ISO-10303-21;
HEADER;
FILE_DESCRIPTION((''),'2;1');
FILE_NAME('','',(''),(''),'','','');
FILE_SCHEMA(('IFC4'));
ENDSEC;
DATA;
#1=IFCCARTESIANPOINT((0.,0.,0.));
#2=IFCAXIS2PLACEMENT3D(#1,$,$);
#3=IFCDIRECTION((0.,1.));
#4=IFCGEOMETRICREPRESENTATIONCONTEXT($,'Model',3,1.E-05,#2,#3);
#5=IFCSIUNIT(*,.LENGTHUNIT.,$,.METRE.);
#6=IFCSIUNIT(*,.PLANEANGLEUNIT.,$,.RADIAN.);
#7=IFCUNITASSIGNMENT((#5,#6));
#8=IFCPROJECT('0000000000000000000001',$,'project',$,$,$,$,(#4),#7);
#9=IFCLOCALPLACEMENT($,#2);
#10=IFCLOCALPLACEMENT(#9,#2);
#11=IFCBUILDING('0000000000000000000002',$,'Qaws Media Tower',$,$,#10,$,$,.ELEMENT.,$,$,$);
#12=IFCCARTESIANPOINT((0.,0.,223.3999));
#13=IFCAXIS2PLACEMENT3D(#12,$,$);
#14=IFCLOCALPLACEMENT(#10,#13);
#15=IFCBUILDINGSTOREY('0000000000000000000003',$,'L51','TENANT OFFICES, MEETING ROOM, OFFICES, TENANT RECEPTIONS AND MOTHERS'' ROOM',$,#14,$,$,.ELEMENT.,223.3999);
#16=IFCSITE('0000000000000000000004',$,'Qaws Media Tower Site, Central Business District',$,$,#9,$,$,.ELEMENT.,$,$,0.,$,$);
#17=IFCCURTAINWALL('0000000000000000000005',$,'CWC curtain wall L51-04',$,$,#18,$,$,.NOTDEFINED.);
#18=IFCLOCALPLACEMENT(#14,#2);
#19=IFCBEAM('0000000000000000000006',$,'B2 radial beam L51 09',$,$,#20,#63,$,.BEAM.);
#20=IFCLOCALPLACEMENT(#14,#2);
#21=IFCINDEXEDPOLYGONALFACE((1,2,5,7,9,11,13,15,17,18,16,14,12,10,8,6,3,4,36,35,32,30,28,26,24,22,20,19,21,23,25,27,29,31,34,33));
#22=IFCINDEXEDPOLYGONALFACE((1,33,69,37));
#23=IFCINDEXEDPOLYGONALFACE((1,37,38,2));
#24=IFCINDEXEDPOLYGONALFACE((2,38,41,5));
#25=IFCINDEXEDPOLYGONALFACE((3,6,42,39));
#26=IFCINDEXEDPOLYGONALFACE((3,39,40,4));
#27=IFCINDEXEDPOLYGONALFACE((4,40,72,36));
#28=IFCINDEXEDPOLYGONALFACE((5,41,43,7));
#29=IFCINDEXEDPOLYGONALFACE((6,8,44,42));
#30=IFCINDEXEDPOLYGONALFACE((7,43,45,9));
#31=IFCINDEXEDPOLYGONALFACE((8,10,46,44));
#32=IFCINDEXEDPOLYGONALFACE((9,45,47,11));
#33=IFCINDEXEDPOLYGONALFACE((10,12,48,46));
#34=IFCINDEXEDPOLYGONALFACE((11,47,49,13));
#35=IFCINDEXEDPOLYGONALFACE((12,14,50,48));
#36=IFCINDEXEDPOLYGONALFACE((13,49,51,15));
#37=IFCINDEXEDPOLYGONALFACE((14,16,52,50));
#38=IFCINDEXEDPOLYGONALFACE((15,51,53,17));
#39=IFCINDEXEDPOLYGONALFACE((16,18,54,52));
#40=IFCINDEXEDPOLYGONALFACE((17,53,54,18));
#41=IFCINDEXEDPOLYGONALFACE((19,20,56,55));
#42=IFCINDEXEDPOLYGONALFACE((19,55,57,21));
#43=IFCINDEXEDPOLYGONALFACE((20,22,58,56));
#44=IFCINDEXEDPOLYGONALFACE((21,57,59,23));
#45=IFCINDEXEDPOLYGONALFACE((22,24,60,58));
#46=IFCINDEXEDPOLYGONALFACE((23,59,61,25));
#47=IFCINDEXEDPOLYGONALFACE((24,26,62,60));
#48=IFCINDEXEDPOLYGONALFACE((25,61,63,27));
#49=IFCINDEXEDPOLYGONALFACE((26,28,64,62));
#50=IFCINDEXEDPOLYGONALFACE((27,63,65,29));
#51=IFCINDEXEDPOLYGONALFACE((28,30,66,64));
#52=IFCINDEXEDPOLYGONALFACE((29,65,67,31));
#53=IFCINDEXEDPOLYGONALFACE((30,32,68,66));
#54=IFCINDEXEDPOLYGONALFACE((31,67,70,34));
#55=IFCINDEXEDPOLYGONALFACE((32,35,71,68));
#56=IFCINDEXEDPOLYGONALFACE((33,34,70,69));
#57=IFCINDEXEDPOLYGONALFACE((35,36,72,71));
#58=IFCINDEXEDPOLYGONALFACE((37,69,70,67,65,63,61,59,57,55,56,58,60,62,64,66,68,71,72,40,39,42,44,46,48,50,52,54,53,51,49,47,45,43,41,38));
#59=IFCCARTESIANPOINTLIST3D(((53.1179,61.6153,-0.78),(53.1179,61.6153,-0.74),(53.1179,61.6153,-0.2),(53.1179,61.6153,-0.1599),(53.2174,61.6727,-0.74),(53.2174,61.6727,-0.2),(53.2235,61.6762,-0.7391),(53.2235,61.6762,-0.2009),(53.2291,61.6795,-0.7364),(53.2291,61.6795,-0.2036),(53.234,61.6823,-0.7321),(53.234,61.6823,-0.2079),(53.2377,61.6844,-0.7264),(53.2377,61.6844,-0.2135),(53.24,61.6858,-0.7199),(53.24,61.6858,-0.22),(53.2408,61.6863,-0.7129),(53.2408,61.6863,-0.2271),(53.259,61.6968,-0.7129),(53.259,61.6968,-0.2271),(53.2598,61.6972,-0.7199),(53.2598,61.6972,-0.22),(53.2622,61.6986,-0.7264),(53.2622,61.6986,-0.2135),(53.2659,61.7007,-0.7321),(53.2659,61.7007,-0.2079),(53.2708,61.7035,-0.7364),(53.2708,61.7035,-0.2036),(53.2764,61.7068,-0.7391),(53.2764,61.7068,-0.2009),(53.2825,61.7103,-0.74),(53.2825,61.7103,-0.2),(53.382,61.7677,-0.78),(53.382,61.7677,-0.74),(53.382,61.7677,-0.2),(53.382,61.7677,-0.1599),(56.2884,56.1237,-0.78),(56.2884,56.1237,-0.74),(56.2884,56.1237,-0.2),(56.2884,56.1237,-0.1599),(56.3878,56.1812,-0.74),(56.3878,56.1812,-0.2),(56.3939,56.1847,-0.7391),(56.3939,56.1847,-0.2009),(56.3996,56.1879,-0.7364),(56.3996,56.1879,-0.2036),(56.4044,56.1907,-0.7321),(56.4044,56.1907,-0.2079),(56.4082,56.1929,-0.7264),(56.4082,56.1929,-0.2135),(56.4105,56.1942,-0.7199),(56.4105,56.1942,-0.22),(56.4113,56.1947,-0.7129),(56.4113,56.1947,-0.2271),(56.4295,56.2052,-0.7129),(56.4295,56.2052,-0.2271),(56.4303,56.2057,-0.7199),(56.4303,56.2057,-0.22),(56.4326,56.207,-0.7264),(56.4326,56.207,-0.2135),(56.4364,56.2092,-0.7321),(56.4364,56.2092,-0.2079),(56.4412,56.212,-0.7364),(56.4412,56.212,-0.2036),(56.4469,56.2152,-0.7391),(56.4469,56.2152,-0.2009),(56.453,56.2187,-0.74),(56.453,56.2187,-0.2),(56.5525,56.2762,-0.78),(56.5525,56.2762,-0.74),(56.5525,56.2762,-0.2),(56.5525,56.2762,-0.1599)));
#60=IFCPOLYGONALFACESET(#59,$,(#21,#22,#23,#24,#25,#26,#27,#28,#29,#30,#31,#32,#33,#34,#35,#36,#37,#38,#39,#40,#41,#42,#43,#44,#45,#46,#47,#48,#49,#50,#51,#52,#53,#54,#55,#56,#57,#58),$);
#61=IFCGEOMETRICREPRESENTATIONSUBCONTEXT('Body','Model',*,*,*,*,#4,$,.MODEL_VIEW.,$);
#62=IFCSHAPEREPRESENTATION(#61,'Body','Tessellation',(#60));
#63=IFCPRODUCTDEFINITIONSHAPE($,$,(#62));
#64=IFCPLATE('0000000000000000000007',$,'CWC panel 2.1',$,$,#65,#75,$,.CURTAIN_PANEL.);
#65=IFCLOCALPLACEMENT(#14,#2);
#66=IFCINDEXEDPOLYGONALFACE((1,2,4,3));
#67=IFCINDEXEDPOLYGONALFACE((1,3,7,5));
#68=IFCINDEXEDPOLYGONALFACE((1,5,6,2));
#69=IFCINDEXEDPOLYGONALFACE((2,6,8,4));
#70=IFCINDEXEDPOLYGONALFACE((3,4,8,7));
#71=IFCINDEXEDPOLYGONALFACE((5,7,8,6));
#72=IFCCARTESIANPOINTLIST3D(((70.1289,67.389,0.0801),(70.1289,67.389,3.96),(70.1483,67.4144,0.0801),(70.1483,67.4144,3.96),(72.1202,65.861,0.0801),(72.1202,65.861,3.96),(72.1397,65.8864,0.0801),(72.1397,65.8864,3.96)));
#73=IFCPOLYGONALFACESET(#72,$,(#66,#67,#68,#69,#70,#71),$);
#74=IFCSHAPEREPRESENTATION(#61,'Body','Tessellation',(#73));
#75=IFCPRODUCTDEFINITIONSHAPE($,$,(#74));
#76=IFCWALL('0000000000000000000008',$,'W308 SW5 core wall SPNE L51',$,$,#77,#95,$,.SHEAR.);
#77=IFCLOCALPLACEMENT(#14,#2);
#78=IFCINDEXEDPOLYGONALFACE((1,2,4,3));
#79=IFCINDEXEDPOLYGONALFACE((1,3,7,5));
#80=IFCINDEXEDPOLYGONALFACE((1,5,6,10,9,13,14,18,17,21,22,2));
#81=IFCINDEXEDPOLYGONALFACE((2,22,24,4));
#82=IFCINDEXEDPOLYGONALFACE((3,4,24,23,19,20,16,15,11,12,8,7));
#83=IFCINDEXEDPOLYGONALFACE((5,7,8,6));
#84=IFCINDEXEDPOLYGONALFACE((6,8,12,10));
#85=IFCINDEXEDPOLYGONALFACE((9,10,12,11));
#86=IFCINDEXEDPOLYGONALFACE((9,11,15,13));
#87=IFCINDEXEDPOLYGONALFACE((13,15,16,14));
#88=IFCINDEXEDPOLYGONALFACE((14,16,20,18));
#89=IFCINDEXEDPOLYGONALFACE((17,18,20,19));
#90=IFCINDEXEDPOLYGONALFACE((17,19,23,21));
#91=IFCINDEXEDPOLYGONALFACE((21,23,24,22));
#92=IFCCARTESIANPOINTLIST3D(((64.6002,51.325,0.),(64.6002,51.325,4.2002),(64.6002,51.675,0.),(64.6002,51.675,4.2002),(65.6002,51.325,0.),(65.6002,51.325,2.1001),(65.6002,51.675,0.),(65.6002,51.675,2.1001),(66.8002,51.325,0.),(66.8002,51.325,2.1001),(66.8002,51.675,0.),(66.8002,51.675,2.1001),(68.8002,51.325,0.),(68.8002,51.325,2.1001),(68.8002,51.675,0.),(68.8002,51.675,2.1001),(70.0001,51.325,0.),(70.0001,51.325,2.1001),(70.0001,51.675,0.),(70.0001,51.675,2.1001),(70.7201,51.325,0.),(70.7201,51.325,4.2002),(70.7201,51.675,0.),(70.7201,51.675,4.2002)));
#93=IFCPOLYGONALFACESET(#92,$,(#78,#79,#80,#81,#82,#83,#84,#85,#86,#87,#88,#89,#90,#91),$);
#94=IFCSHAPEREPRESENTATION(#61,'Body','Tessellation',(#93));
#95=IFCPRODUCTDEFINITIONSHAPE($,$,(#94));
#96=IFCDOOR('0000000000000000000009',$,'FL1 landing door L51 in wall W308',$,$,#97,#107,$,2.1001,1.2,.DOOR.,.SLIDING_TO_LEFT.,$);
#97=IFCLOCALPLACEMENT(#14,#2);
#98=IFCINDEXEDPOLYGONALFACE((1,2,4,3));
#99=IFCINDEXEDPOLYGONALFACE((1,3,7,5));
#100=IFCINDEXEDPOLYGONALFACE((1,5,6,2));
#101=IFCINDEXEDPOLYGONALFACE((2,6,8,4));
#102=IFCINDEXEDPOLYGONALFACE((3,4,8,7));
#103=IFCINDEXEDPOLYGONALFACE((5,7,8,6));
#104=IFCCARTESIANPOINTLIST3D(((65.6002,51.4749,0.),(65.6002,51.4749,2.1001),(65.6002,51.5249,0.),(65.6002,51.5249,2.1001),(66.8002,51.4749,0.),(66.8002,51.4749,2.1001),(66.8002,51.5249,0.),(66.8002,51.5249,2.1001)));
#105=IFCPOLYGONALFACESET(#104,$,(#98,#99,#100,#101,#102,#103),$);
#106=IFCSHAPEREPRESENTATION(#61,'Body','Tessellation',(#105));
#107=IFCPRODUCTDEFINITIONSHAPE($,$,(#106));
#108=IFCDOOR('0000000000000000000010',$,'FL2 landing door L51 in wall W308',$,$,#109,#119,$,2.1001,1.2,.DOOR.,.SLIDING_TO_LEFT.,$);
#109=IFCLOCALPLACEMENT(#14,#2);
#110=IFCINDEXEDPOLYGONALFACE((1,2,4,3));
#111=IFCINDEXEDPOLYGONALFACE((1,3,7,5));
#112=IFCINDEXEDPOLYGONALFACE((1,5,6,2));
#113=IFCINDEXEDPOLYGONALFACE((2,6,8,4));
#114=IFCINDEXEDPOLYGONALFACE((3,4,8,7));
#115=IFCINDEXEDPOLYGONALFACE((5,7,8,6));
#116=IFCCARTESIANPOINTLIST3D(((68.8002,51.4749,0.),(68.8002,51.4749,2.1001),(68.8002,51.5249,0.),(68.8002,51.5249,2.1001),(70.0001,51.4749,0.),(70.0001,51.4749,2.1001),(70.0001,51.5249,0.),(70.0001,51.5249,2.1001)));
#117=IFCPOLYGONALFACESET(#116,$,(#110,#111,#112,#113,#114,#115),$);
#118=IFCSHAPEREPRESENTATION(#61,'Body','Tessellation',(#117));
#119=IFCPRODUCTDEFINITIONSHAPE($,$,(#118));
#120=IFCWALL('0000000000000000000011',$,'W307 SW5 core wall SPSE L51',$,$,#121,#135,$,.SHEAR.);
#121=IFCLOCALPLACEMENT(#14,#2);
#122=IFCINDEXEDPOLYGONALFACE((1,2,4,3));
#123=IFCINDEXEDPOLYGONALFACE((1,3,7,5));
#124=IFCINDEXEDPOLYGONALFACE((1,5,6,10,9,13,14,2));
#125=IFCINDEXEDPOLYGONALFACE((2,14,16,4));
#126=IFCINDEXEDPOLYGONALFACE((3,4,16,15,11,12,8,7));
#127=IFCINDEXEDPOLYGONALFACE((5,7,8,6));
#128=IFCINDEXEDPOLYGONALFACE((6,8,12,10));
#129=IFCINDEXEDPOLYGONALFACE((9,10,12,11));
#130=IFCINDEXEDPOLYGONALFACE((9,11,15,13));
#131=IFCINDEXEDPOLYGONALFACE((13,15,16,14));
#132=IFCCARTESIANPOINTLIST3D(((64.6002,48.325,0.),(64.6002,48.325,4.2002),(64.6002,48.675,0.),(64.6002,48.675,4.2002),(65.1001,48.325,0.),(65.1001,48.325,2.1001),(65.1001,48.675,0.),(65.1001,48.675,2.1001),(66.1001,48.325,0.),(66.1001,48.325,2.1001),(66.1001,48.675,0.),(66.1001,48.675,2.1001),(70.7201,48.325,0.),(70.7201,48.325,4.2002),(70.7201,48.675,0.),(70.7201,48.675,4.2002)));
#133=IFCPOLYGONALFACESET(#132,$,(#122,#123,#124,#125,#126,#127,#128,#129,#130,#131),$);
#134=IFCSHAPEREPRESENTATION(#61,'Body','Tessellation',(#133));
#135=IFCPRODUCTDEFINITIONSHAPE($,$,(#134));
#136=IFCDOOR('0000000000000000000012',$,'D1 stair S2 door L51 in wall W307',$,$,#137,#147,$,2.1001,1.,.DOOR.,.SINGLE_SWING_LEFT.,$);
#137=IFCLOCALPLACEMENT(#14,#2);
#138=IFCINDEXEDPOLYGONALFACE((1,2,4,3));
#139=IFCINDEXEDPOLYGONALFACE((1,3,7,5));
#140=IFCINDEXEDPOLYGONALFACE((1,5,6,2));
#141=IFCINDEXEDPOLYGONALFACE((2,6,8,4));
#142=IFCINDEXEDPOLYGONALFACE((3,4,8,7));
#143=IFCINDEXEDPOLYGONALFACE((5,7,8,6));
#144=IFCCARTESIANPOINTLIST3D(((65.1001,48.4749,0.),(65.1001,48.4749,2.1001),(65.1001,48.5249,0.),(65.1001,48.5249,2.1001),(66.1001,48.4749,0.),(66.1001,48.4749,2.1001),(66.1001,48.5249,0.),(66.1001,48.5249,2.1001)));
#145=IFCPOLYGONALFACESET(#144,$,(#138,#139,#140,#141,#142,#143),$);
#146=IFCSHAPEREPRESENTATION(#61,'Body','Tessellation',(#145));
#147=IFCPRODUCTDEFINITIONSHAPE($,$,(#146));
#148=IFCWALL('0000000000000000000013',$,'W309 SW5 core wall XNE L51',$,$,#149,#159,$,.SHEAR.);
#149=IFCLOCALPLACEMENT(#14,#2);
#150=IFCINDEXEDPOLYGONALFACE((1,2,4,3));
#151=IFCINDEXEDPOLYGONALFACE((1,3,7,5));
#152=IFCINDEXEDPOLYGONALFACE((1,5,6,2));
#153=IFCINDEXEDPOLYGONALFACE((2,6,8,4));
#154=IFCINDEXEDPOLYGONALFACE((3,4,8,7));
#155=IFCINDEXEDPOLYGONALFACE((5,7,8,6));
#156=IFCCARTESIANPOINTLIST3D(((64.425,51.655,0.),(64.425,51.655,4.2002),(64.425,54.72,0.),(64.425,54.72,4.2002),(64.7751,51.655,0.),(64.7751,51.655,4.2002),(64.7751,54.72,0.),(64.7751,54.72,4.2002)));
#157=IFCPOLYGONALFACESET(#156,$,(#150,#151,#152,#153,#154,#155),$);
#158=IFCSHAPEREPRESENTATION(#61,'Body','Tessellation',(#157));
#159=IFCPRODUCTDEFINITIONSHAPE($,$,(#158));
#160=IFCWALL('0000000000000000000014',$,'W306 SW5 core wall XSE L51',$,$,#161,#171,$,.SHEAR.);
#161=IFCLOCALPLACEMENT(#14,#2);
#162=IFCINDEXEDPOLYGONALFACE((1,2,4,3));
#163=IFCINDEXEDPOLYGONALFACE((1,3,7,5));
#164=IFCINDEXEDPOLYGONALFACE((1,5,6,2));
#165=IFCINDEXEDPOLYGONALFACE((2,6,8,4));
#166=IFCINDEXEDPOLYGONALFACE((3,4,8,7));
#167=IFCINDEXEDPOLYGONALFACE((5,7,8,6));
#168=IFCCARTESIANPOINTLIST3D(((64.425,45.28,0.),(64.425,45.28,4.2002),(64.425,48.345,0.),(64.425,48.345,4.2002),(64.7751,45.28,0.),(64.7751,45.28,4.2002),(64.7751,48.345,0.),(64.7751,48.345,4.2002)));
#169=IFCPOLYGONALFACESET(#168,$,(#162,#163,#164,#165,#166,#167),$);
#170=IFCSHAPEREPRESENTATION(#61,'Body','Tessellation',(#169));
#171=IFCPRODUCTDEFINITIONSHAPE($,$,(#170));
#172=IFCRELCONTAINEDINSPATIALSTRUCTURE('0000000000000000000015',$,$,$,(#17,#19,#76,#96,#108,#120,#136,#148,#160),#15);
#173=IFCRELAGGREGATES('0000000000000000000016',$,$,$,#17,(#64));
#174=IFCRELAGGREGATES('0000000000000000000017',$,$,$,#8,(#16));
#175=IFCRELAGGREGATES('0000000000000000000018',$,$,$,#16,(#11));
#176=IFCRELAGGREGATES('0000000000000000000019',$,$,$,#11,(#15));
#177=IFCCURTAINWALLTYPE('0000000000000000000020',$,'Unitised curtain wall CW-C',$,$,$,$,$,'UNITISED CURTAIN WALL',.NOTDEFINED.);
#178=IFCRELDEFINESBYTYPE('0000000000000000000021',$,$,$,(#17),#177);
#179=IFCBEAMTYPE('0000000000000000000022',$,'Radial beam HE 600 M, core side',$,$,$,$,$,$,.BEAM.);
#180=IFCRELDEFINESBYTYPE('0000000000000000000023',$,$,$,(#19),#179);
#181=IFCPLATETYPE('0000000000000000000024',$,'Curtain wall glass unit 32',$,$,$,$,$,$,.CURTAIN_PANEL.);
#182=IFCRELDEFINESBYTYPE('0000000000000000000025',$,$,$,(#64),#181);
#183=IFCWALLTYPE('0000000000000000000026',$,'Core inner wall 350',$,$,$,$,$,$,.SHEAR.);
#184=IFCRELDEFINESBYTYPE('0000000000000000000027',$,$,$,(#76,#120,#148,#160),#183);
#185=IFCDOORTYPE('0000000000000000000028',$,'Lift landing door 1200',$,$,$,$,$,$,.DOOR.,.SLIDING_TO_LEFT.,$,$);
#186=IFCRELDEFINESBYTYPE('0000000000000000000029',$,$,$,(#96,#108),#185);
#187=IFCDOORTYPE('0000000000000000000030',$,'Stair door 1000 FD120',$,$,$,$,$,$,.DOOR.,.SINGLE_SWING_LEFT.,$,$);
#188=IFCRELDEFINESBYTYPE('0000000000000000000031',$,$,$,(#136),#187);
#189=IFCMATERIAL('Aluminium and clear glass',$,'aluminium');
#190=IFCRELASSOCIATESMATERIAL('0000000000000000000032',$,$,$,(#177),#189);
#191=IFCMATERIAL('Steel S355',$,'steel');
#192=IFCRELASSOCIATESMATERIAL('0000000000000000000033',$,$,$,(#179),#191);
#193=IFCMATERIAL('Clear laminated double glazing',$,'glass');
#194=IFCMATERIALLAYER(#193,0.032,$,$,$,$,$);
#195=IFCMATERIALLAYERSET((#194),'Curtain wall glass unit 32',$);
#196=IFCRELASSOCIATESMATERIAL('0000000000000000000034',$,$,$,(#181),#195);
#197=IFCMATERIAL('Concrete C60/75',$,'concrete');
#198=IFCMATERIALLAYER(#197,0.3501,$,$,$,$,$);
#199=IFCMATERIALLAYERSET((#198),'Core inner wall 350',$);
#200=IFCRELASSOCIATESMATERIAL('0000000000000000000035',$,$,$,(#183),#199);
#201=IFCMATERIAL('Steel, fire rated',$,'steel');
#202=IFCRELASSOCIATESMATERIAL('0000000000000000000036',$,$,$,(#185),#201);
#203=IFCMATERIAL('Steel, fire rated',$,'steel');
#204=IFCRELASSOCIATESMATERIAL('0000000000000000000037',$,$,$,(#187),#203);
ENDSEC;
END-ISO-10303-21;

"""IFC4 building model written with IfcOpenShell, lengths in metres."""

from ifc_helpers import new_model, si_unit, direction, frame, frame_2d, origin, origin_2d, place, context, subcontext, project, spatial, rectangle, i_section, extrude, material, layer, layer_set, material_profile, profile_set, type_object, element, fill, aggregate, save


model = new_model("IFC4")

# Units and contexts
model_context = context("Model", 3, precision=1e-05, world=origin(), true_north=direction((0.0, 1.0)))
body_context = subcontext(model_context, "Body", "Model", "MODEL_VIEW")
ifc_project = project(units=[si_unit("LENGTHUNIT", "METRE"), si_unit("PLANEANGLEUNIT", "RADIAN")], contexts=[model_context])

# Site, building, storey
site_placement = place(None, origin())
site = spatial("IfcSite", under=ifc_project, at=site_placement, Name="Qaws Media Tower Site, Central Business District", CompositionType="ELEMENT", RefElevation=0.0)
building_placement = place(site_placement, origin())
building = spatial("IfcBuilding", under=site, at=building_placement, Name="Qaws Media Tower", CompositionType="ELEMENT")
storey_placement = place(building_placement, frame((0.0, 0.0, 223.3999)))
storey = spatial("IfcBuildingStorey", under=building, at=storey_placement, Name="L51", Description="TENANT OFFICES, MEETING ROOM, OFFICES, TENANT RECEPTIONS AND MOTHERS' ROOM", CompositionType="ELEMENT", Elevation=223.3999)

# Curtain wall
ifc_material_1 = material(Name="Aluminium and clear glass", Category="aluminium")
curtain_wall_type = type_object("IfcCurtainWallType", Name="Unitised curtain wall CW-C", ElementType="UNITISED CURTAIN WALL", PredefinedType="NOTDEFINED", material=ifc_material_1)
curtain_wall_1_placement = place(storey_placement, origin())
curtain_wall_1 = element("IfcCurtainWall", 1, at=curtain_wall_1_placement, inside=storey, type_object=curtain_wall_type, Name="CWC curtain wall L51-04", PredefinedType="NOTDEFINED")

# Beam
ifc_material_2 = material(Name="Steel S355", Category="steel")
ifc_material_profile_1 = material_profile(ifc_material_2, i_section(OverallWidth=0.3049, OverallDepth=0.6201, WebThickness=0.021, FlangeThickness=0.04, FilletRadius=0.0271, at=origin_2d()), Name="HE 600 M")
ifc_profile_set_1 = profile_set([ifc_material_profile_1], Name="Steel S355")
beam_type_1 = type_object("IfcBeamType", Name="Radial beam HE 600 M, core side", PredefinedType="BEAM", material=ifc_profile_set_1)
beam_1_placement = place(storey_placement, frame((56.4204, 56.2, -0.47), z_axis=(-0.49999, 0.866031, 0.0), x_axis=(-0.866031, -0.49999, 0.0)))
element("IfcBeam", 2, at=beam_1_placement, inside=storey, type_object=beam_type_1, Name="B2 radial beam L51 09", PredefinedType="BEAM", context=body_context, shape_type="SweptSolid", body=[
    extrude(i_section(OverallWidth=0.3049, OverallDepth=0.6201, WebThickness=0.021, FlangeThickness=0.04, FilletRadius=0.0271, at=origin_2d()), origin(), (0.0, 0.0, 1.0), 6.3411),
])

# Plate
ifc_material_3 = material(Name="Clear laminated double glazing", Category="glass")
ifc_layer_1 = layer(ifc_material_3, 0.032)
ifc_layer_set_1 = layer_set([ifc_layer_1], Name="Curtain wall glass unit 32")
plate_type = type_object("IfcPlateType", Name="Curtain wall glass unit 32", PredefinedType="CURTAIN_PANEL", material=ifc_layer_set_1)
plate_placement = place(storey_placement, frame((71.1343, 66.6377, 0.0801), z_axis=(0.0, 0.0, 1.0), x_axis=(-0.793353, 0.608761, 0.0)))
plate = element("IfcPlate", 3, at=plate_placement, type_object=plate_type, Name="CWC panel 2.1", PredefinedType="CURTAIN_PANEL", context=body_context, shape_type="SweptSolid", body=[
    extrude(rectangle(XDim=2.51, YDim=0.032, at=origin_2d()), origin(), (0.0, 0.0, 1.0), 3.8799),
])
aggregate(curtain_wall_1, [plate])

# Wall, openings, doors
ifc_material_4 = material(Name="Concrete C60/75", Category="concrete")
ifc_layer_2 = layer(ifc_material_4, 0.3501)
ifc_layer_set_2 = layer_set([ifc_layer_2], Name="Core inner wall 350")
wall_type_1 = type_object("IfcWallType", Name="Core inner wall 350", PredefinedType="SHEAR", material=ifc_layer_set_2)
wall_1_placement = place(storey_placement, frame((64.6001, 51.5, 0.0), z_axis=(0.0, 0.0, 1.0), x_axis=(1.0, 0.0, 0.0)))
wall_1 = element("IfcWall", 4, at=wall_1_placement, inside=storey, type_object=wall_type_1, Name="W308 SW5 core wall SPNE L51", PredefinedType="SHEAR", context=body_context, shape_type="SweptSolid", body=[
    extrude(rectangle(XDim=6.1199, YDim=0.3501, at=frame_2d((3.0601, 0.0))), origin(), (0.0, 0.0, 1.0), 4.2002),
])
opening_1_placement = place(wall_1_placement, frame((1.0, 0.0, 0.0)))
opening_1 = element("IfcOpeningElement", 5, at=opening_1_placement, cuts=wall_1, PredefinedType="OPENING", context=body_context, shape_type="SweptSolid", body=[
    extrude(rectangle(XDim=1.2, YDim=2.1001, at=frame_2d((0.6001, 1.05))), frame((0.0, 0.1851, 0.0), z_axis=(0.0, -1.0, 0.0), x_axis=(1.0, 0.0, 0.0)), (0.0, 0.0, 1.0), 0.3701),
])
opening_2_placement = place(wall_1_placement, frame((4.2, 0.0, 0.0)))
opening_2 = element("IfcOpeningElement", 6, at=opening_2_placement, cuts=wall_1, PredefinedType="OPENING", context=body_context, shape_type="SweptSolid", body=[
    extrude(rectangle(XDim=1.2, YDim=2.1001, at=frame_2d((0.6001, 1.05))), frame((0.0, 0.1851, 0.0), z_axis=(0.0, -1.0, 0.0), x_axis=(1.0, 0.0, 0.0)), (0.0, 0.0, 1.0), 0.3701),
])
ifc_material_5 = material(Name="Steel, fire rated", Category="steel")
door_type_1 = type_object("IfcDoorType", Name="Lift landing door 1200", OperationType="SLIDING_TO_LEFT", PredefinedType="DOOR", material=ifc_material_5)
door_1_placement = place(opening_1_placement, origin())
door_1 = element("IfcDoor", 7, at=door_1_placement, inside=storey, type_object=door_type_1, Name="FL1 landing door L51 in wall W308", OperationType="SLIDING_TO_LEFT", OverallHeight=2.1001, OverallWidth=1.2, PredefinedType="DOOR", context=body_context, shape_type="SweptSolid", body=[
    extrude(rectangle(XDim=1.2, YDim=2.1001, at=frame_2d((0.6001, 1.05))), frame((0.0, 0.0249, 0.0), z_axis=(0.0, -1.0, 0.0), x_axis=(1.0, 0.0, 0.0)), (0.0, 0.0, 1.0), 0.05),
])
fill(opening_1, door_1)
door_2_placement = place(opening_2_placement, origin())
door_2 = element("IfcDoor", 8, at=door_2_placement, inside=storey, type_object=door_type_1, Name="FL2 landing door L51 in wall W308", OperationType="SLIDING_TO_LEFT", OverallHeight=2.1001, OverallWidth=1.2, PredefinedType="DOOR", context=body_context, shape_type="SweptSolid", body=[
    extrude(rectangle(XDim=1.2, YDim=2.1001, at=frame_2d((0.6001, 1.05))), frame((0.0, 0.0249, 0.0), z_axis=(0.0, -1.0, 0.0), x_axis=(1.0, 0.0, 0.0)), (0.0, 0.0, 1.0), 0.05),
])
fill(opening_2, door_2)

# Wall, opening, door
wall_2_placement = place(storey_placement, frame((64.6001, 48.5, 0.0), z_axis=(0.0, 0.0, 1.0), x_axis=(1.0, 0.0, 0.0)))
wall_2 = element("IfcWall", 9, at=wall_2_placement, inside=storey, type_object=wall_type_1, Name="W307 SW5 core wall SPSE L51", PredefinedType="SHEAR", context=body_context, shape_type="SweptSolid", body=[
    extrude(rectangle(XDim=6.1199, YDim=0.3501, at=frame_2d((3.0601, 0.0))), origin(), (0.0, 0.0, 1.0), 4.2002),
])
opening_3_placement = place(wall_2_placement, frame((0.5, 0.0, 0.0)))
opening_3 = element("IfcOpeningElement", 10, at=opening_3_placement, cuts=wall_2, PredefinedType="OPENING", context=body_context, shape_type="SweptSolid", body=[
    extrude(rectangle(XDim=1.0, YDim=2.1001, at=frame_2d((0.5, 1.05))), frame((0.0, 0.1851, 0.0), z_axis=(0.0, -1.0, 0.0), x_axis=(1.0, 0.0, 0.0)), (0.0, 0.0, 1.0), 0.3701),
])
ifc_material_6 = material(Name="Steel, fire rated", Category="steel")
door_type_2 = type_object("IfcDoorType", Name="Stair door 1000 FD120", OperationType="SINGLE_SWING_LEFT", PredefinedType="DOOR", material=ifc_material_6)
door_3_placement = place(opening_3_placement, origin())
door_3 = element("IfcDoor", 11, at=door_3_placement, inside=storey, type_object=door_type_2, Name="D1 stair S2 door L51 in wall W307", OperationType="SINGLE_SWING_LEFT", OverallHeight=2.1001, OverallWidth=1.0, PredefinedType="DOOR", context=body_context, shape_type="SweptSolid", body=[
    extrude(rectangle(XDim=1.0, YDim=2.1001, at=frame_2d((0.5, 1.05))), frame((0.0, 0.0249, 0.0), z_axis=(0.0, -1.0, 0.0), x_axis=(1.0, 0.0, 0.0)), (0.0, 0.0, 1.0), 0.05),
])
fill(opening_3, door_3)

# Walls
for number, where, z_axis, x_axis, name in (
    (12, (64.6001, 51.655, 0.0), (0.0, 0.0, 1.0), (0.0, 1.0, 0.0), "W309 SW5 core wall XNE L51"),
    (13, (64.6001, 48.345, 0.0), (0.0, 0.0, 1.0), (0.0, -1.0, 0.0), "W306 SW5 core wall XSE L51"),
):
    element("IfcWall", number, at=place(storey_placement, frame(where, z_axis=z_axis, x_axis=x_axis)), inside=storey, type_object=wall_type_1, Name=name, PredefinedType="SHEAR", context=body_context, shape_type="SweptSolid", body=[
        extrude(rectangle(XDim=3.0649, YDim=0.3501, at=frame_2d((1.5325, 0.0))), origin(), (0.0, 0.0, 1.0), 4.2002),
    ])

save(model, "model.ifc")
